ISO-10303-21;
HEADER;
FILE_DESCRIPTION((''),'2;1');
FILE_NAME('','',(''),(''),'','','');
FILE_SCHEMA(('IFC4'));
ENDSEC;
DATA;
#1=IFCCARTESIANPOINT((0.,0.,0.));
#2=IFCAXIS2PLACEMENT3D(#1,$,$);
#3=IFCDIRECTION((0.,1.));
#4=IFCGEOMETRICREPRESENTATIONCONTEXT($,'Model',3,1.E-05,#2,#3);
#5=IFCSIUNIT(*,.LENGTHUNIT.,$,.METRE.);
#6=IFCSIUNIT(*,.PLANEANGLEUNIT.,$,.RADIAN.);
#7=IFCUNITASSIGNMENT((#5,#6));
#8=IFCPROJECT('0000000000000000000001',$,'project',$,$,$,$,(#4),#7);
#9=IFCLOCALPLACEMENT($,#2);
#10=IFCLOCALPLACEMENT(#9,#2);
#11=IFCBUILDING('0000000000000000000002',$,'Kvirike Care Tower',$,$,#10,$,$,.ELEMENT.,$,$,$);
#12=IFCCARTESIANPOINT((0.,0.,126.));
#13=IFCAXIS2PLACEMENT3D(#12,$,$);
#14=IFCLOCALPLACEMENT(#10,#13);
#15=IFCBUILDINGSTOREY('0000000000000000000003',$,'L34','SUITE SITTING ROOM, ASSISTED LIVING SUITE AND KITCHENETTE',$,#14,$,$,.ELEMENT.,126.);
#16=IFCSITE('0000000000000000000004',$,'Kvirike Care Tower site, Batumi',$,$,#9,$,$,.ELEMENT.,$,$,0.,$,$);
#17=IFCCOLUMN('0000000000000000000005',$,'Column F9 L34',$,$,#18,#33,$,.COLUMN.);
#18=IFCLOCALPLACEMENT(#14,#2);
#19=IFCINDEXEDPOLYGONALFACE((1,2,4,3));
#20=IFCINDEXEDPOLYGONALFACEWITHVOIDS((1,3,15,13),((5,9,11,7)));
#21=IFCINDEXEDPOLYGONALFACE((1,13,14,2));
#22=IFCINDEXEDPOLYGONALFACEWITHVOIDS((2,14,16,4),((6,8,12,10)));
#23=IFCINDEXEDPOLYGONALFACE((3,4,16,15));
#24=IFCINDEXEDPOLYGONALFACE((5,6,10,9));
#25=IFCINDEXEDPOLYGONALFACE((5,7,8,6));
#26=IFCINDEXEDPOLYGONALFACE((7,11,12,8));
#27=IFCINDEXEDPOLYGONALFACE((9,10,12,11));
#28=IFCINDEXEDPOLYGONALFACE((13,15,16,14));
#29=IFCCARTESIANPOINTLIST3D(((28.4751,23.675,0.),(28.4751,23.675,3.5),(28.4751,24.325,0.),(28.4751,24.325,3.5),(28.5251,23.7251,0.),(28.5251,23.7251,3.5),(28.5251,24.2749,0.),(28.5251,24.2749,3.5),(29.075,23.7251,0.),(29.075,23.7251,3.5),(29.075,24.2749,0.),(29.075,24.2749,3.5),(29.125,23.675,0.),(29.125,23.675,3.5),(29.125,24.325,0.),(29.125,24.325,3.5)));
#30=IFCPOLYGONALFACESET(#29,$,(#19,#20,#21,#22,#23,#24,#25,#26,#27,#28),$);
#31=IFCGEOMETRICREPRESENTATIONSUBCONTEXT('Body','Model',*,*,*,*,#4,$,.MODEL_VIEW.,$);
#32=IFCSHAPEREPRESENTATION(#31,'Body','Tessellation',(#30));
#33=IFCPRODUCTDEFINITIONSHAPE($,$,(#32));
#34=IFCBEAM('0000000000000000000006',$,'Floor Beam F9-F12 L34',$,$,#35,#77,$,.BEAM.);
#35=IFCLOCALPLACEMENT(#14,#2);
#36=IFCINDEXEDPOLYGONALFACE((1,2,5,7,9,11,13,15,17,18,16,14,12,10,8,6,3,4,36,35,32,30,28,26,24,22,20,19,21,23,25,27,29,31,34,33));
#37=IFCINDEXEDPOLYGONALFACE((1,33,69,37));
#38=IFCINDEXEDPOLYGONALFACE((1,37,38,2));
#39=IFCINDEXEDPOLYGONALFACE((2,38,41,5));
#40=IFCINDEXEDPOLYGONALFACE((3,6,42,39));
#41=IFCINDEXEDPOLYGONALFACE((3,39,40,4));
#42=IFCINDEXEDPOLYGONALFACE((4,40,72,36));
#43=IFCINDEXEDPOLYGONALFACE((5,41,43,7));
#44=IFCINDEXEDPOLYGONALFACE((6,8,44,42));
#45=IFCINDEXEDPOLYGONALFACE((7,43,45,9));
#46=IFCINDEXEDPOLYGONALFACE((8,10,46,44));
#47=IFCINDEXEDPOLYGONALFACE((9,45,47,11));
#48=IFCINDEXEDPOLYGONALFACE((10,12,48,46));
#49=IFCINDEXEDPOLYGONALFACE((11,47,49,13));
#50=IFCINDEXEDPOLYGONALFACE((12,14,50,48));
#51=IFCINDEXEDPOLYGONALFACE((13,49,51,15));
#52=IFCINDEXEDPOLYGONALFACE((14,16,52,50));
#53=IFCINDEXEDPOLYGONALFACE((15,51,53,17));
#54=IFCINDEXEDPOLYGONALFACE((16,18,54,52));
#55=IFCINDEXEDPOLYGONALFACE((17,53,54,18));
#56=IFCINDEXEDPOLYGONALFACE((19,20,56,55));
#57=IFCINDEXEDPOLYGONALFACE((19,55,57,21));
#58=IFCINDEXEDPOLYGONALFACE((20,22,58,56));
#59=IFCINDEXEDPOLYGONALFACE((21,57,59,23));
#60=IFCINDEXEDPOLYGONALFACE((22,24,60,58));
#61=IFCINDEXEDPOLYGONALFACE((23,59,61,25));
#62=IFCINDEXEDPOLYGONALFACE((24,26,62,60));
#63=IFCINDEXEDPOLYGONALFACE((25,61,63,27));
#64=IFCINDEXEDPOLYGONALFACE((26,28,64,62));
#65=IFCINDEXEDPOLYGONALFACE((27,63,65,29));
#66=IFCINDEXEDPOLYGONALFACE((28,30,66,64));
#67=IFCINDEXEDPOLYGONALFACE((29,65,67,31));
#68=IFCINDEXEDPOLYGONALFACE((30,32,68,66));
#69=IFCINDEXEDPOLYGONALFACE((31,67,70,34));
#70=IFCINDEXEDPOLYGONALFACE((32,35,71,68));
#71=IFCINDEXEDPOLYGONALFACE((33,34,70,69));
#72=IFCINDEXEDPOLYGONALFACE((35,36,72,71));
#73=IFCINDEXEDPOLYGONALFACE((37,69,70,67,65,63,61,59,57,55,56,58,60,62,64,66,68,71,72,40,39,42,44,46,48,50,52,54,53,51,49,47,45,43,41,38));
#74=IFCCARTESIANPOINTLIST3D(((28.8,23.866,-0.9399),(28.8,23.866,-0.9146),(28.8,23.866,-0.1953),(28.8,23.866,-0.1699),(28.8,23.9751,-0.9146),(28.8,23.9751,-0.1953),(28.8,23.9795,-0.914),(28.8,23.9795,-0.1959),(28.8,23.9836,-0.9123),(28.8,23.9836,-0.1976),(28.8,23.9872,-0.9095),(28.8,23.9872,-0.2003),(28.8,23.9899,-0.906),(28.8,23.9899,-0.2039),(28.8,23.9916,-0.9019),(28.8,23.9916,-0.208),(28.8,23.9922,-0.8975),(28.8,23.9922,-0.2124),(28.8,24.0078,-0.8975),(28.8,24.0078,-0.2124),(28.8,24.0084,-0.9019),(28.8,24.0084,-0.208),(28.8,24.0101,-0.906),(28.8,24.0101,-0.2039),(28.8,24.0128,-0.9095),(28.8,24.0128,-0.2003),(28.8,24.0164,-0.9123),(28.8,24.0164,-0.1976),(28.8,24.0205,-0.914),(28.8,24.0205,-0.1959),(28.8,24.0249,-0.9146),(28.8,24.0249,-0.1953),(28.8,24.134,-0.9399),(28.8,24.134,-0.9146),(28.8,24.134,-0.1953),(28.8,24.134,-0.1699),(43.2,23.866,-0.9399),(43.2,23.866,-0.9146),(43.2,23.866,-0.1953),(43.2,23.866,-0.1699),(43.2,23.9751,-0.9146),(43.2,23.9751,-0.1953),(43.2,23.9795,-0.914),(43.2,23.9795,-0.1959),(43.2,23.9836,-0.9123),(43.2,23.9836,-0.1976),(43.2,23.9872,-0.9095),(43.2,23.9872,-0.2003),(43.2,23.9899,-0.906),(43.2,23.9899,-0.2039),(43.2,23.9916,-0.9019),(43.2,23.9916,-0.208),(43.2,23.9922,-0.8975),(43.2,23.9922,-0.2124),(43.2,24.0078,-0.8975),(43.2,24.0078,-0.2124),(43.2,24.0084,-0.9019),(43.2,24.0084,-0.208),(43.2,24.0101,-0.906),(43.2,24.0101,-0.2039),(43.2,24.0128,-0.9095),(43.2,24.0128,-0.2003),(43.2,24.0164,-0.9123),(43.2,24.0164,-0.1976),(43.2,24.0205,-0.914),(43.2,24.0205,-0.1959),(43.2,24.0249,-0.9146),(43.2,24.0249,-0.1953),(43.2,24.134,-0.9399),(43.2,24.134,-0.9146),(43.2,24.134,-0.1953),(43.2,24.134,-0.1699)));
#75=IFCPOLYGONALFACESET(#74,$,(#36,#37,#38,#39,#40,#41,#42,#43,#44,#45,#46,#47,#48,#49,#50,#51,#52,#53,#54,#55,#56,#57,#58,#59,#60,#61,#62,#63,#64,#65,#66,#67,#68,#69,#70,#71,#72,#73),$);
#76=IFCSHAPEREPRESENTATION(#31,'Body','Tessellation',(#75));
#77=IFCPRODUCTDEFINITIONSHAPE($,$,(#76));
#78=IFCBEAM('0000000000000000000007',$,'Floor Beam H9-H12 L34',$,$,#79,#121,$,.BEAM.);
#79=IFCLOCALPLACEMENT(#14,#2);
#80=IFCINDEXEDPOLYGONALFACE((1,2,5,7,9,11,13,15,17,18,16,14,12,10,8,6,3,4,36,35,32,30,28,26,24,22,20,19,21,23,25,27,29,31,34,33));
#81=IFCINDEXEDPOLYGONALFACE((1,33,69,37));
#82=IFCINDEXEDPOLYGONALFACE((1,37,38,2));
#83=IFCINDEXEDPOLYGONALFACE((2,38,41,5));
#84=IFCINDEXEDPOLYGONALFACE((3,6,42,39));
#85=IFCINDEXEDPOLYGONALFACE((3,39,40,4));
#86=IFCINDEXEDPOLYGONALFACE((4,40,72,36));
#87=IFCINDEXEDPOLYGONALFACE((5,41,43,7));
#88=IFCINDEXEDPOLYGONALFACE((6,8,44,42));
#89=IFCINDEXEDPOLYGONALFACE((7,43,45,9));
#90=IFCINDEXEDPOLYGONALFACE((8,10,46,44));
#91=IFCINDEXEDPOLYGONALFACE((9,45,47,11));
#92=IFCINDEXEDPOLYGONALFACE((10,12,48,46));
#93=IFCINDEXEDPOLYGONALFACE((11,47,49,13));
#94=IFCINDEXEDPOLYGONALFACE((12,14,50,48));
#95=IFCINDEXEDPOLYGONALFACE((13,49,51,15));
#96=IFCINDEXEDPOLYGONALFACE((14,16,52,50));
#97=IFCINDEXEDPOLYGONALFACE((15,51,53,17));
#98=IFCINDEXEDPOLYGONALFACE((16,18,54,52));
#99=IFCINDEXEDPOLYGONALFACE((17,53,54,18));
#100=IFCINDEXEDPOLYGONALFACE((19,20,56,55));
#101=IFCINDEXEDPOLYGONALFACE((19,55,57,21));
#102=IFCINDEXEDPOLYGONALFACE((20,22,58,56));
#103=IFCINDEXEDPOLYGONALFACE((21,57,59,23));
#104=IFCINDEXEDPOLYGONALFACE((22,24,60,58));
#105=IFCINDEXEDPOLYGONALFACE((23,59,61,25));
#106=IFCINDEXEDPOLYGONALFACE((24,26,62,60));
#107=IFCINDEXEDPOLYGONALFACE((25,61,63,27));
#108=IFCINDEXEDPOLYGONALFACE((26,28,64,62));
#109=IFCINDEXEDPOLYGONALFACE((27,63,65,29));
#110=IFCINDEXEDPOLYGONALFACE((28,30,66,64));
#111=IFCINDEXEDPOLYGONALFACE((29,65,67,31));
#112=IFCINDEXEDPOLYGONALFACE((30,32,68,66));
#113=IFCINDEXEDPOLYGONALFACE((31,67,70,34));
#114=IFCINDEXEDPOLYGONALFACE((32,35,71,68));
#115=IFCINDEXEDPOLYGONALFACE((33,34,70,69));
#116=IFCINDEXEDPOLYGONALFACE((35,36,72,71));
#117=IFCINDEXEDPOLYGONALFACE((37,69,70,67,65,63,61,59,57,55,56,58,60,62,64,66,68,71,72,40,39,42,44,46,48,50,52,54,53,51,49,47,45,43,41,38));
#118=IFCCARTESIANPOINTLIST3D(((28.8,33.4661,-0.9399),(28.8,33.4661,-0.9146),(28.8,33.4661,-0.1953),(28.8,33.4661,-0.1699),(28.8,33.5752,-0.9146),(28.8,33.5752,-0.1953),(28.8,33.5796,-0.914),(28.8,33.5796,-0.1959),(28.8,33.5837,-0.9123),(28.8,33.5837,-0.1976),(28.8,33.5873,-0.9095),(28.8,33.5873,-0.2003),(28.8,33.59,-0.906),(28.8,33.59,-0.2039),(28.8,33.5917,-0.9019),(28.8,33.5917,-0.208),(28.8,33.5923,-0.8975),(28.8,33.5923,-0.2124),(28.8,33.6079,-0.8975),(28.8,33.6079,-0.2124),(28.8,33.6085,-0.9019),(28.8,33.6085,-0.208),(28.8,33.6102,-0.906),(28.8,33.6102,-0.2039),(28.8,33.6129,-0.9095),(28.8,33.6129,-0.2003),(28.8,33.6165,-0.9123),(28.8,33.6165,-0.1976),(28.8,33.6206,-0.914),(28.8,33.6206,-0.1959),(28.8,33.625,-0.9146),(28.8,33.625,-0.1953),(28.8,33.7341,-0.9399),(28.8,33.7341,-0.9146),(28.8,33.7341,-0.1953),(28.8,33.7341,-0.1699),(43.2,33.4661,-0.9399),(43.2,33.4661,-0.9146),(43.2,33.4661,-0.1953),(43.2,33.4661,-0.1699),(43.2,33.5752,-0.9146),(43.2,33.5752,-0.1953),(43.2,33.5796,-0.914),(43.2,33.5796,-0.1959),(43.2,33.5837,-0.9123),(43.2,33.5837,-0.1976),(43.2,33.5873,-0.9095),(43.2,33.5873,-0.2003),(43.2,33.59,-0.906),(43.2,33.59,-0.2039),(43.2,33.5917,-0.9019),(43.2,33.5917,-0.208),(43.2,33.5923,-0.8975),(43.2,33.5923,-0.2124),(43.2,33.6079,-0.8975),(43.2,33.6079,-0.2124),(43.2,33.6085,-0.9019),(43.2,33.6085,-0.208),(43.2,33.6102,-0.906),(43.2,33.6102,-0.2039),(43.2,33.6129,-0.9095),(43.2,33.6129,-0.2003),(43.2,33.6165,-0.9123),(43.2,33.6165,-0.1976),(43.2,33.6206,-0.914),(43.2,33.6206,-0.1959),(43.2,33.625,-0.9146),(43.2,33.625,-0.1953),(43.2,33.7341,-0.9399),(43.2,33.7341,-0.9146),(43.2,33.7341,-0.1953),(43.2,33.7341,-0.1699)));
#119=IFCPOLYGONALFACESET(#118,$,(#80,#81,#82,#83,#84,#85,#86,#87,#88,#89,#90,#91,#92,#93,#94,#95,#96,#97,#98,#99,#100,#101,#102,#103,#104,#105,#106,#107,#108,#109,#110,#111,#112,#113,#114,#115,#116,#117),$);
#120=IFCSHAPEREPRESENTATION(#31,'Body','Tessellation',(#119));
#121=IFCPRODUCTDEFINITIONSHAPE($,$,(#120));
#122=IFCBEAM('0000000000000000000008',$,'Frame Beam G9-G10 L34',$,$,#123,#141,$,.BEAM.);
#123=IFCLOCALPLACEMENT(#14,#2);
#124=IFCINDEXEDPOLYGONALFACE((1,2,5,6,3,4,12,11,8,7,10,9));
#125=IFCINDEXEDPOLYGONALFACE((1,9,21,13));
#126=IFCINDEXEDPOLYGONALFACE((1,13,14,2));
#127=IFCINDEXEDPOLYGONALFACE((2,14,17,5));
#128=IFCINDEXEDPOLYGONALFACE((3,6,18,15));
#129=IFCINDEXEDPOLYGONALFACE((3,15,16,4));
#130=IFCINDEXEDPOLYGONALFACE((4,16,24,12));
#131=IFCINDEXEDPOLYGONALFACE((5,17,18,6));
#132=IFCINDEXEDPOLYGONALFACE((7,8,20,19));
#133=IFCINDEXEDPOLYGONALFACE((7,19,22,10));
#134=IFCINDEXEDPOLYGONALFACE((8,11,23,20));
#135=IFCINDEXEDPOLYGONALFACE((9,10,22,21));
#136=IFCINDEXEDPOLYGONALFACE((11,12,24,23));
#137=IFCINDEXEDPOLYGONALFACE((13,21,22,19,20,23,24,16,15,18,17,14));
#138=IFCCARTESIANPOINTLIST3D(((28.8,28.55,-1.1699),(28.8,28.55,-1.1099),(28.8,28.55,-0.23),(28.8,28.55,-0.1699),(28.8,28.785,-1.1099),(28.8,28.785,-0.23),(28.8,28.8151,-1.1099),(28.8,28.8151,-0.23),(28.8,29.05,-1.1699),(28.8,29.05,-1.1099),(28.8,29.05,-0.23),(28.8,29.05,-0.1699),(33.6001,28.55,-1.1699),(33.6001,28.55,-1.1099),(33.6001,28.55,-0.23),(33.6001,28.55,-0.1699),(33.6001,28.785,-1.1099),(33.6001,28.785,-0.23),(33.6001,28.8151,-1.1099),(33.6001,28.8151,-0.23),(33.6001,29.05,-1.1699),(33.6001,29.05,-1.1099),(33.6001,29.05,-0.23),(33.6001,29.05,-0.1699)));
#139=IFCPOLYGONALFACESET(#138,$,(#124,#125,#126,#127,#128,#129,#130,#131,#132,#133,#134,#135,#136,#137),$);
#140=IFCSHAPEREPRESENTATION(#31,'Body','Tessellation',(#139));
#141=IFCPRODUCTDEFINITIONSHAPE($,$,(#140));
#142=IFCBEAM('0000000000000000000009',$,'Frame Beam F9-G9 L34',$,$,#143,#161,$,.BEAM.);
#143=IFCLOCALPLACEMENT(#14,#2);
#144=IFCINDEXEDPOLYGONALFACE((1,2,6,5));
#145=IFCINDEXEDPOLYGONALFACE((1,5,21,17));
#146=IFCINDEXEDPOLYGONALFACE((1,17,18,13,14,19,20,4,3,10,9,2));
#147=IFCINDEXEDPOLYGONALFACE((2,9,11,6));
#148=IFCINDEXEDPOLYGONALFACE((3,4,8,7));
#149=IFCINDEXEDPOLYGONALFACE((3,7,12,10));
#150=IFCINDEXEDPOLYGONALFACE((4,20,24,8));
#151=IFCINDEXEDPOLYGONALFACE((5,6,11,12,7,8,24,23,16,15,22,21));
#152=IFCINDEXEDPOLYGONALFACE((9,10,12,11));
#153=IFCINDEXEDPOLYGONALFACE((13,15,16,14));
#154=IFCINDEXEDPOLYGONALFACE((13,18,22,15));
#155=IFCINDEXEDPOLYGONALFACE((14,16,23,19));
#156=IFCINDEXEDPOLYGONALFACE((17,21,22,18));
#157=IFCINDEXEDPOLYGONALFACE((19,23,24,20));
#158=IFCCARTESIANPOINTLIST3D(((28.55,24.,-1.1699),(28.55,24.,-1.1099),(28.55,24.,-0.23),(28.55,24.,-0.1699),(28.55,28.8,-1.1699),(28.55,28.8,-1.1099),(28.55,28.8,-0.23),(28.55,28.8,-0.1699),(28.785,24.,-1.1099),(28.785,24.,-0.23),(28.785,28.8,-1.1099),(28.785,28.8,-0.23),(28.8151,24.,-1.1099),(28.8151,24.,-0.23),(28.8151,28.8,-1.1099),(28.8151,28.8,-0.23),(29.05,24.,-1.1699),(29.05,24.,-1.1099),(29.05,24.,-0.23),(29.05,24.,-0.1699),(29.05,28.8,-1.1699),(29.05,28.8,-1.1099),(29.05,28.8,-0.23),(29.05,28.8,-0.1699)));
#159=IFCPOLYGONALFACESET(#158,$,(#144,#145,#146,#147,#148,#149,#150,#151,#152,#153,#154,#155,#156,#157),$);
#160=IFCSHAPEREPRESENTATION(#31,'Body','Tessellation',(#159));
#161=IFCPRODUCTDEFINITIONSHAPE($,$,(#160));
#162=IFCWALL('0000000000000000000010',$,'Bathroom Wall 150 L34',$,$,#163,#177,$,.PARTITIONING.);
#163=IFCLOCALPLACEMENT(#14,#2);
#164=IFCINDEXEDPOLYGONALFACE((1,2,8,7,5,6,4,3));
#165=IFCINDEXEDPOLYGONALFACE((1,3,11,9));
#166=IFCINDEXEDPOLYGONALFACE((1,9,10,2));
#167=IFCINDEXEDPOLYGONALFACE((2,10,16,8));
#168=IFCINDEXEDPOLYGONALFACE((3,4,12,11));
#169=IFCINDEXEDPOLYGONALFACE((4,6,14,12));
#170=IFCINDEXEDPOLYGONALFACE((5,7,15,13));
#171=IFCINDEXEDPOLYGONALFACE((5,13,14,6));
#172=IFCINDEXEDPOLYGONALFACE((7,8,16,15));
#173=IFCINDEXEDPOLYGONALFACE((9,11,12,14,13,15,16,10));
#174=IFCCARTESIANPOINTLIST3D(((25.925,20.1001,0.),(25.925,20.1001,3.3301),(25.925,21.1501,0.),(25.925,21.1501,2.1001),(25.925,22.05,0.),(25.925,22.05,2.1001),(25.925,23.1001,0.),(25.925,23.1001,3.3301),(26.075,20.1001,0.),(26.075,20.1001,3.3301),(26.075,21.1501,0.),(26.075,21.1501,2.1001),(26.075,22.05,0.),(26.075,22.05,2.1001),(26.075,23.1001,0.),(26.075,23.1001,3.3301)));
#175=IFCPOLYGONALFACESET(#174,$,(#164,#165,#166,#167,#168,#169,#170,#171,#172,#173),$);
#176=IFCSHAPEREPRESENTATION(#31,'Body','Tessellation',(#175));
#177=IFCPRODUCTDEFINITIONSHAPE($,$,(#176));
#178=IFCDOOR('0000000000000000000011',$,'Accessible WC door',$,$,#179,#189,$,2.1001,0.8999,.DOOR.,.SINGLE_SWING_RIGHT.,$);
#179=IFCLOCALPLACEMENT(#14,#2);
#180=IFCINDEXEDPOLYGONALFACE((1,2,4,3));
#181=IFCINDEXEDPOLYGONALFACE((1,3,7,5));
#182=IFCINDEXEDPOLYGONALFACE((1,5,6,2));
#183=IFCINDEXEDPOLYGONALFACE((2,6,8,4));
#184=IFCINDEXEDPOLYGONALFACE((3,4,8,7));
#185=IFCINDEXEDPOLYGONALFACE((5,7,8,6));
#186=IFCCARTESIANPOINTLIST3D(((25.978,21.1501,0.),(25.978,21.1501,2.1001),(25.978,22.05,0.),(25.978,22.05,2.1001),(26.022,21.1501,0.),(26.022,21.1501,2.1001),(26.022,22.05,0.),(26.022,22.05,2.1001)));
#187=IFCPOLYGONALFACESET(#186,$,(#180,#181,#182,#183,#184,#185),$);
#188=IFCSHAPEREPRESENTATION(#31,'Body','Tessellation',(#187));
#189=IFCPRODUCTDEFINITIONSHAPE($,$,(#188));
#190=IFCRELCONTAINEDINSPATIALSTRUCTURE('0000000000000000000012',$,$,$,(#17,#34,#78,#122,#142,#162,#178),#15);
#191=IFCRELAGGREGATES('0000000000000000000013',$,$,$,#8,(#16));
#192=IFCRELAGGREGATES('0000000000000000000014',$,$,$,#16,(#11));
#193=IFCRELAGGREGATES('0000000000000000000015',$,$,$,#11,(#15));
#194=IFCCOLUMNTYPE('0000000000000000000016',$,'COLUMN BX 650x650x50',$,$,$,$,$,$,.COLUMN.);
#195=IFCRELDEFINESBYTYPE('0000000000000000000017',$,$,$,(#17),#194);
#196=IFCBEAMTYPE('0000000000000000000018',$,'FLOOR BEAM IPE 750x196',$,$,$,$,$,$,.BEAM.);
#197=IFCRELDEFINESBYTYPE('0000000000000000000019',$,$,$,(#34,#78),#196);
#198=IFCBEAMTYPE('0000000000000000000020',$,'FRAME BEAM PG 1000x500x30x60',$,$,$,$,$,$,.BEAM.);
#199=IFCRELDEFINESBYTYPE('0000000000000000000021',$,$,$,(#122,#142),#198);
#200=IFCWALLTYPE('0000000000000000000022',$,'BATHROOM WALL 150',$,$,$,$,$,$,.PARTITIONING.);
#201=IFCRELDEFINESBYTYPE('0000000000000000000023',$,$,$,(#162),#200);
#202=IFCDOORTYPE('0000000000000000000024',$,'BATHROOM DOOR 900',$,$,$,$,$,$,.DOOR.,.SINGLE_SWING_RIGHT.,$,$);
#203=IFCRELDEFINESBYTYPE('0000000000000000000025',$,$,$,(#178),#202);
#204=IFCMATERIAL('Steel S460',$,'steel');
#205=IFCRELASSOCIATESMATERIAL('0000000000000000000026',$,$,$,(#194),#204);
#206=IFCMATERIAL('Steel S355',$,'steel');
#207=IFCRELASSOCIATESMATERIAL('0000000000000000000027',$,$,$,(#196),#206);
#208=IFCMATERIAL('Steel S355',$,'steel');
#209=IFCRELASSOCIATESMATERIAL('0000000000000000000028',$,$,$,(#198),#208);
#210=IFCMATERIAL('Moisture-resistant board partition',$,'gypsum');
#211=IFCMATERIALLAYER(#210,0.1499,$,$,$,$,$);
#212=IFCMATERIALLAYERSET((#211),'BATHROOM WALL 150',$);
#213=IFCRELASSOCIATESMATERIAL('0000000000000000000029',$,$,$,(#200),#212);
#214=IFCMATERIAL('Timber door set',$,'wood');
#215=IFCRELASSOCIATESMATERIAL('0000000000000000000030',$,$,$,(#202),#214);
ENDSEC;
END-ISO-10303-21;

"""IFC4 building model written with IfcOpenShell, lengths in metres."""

from ifc_helpers import new_model, si_unit, direction, frame, frame_2d, origin, origin_2d, place, context, subcontext, project, spatial, rectangle, hollow_rectangle, i_section, extrude, material, layer, layer_set, material_profile, profile_set, type_object, element, fill, save


model = new_model("IFC4")

# Units and contexts
model_context = context("Model", 3, precision=1e-05, world=origin(), true_north=direction((0.0, 1.0)))
body_context = subcontext(model_context, "Body", "Model", "MODEL_VIEW")
ifc_project = project(units=[si_unit("LENGTHUNIT", "METRE"), si_unit("PLANEANGLEUNIT", "RADIAN")], contexts=[model_context])

# Site, building, storey
site_placement = place(None, origin())
site = spatial("IfcSite", under=ifc_project, at=site_placement, Name="Kvirike Care Tower site, Batumi", CompositionType="ELEMENT", RefElevation=0.0)
building_placement = place(site_placement, origin())
building = spatial("IfcBuilding", under=site, at=building_placement, Name="Kvirike Care Tower", CompositionType="ELEMENT")
storey_placement = place(building_placement, frame((0.0, 0.0, 126.0)))
storey = spatial("IfcBuildingStorey", under=building, at=storey_placement, Name="L34", Description="SUITE SITTING ROOM, ASSISTED LIVING SUITE AND KITCHENETTE", CompositionType="ELEMENT", Elevation=126.0)

# Column
ifc_material_1 = material(Name="Steel S460", Category="steel")
ifc_material_profile_1 = material_profile(ifc_material_1, hollow_rectangle(XDim=0.6499, YDim=0.6499, WallThickness=0.05, at=origin_2d()), Name="BX 650x650x50")
ifc_profile_set_1 = profile_set([ifc_material_profile_1], Name="Steel S460")
column_type = type_object("IfcColumnType", Name="COLUMN BX 650x650x50", PredefinedType="COLUMN", material=ifc_profile_set_1)
column_placement = place(storey_placement, frame((28.8, 24.0, 0.0), z_axis=(0.0, 0.0, 1.0), x_axis=(1.0, 0.0, 0.0)))
element("IfcColumn", 1, at=column_placement, inside=storey, type_object=column_type, Name="Column F9 L34", PredefinedType="COLUMN", context=body_context, shape_type="SweptSolid", body=[
    extrude(hollow_rectangle(XDim=0.6499, YDim=0.6499, WallThickness=0.05, at=origin_2d()), origin(), (0.0, 0.0, 1.0), 3.5),
])

# Beams
ifc_material_2 = material(Name="Steel S355", Category="steel")
ifc_material_profile_2 = material_profile(ifc_material_2, i_section(OverallWidth=0.2681, OverallDepth=0.77, WebThickness=0.0156, FlangeThickness=0.0254, FilletRadius=0.0171, at=origin_2d()), Name="IPE 750x196")
ifc_profile_set_2 = profile_set([ifc_material_profile_2], Name="Steel S355")
beam_type_1 = type_object("IfcBeamType", Name="FLOOR BEAM IPE 750x196", PredefinedType="BEAM", material=ifc_profile_set_2)
for number, where, z_axis, x_axis, name in (
    (2, (28.8, 24.0, -0.5549), (1.0, 0.0, 0.0), (0.0, 1.0, 0.0), "Floor Beam F9-F12 L34"),
    (3, (28.8, 33.6001, -0.5549), (1.0, 0.0, 0.0), (0.0, 1.0, 0.0), "Floor Beam H9-H12 L34"),
):
    element("IfcBeam", number, at=place(storey_placement, frame(where, z_axis=z_axis, x_axis=x_axis)), inside=storey, type_object=beam_type_1, Name=name, PredefinedType="BEAM", context=body_context, shape_type="SweptSolid", body=[
        extrude(i_section(OverallWidth=0.2681, OverallDepth=0.77, WebThickness=0.0156, FlangeThickness=0.0254, FilletRadius=0.0171, at=origin_2d()), origin(), (0.0, 0.0, 1.0), 14.3999),
    ])
ifc_material_3 = material(Name="Steel S355", Category="steel")
ifc_material_profile_3 = material_profile(ifc_material_3, i_section(OverallWidth=0.5, OverallDepth=1.0, WebThickness=0.03, FlangeThickness=0.0601, at=origin_2d()), Name="PG 1000x500x30x60")
ifc_profile_set_3 = profile_set([ifc_material_profile_3], Name="Steel S355")
beam_type_2 = type_object("IfcBeamType", Name="FRAME BEAM PG 1000x500x30x60", PredefinedType="BEAM", material=ifc_profile_set_3)
for number, where, z_axis, x_axis, name in (
    (4, (28.8, 28.8, -0.6699), (1.0, 0.0, 0.0), (0.0, 1.0, 0.0), "Frame Beam G9-G10 L34"),
    (5, (28.8, 24.0, -0.6699), (0.0, 1.0, 0.0), (-1.0, 0.0, 0.0), "Frame Beam F9-G9 L34"),
):
    element("IfcBeam", number, at=place(storey_placement, frame(where, z_axis=z_axis, x_axis=x_axis)), inside=storey, type_object=beam_type_2, Name=name, PredefinedType="BEAM", context=body_context, shape_type="SweptSolid", body=[
        extrude(i_section(OverallWidth=0.5, OverallDepth=1.0, WebThickness=0.03, FlangeThickness=0.0601, at=origin_2d()), origin(), (0.0, 0.0, 1.0), 4.8),
    ])

# Wall, opening, door
ifc_material_4 = material(Name="Moisture-resistant board partition", Category="gypsum")
ifc_layer_1 = layer(ifc_material_4, 0.1499)
ifc_layer_set_1 = layer_set([ifc_layer_1], Name="BATHROOM WALL 150")
wall_type_1 = type_object("IfcWallType", Name="BATHROOM WALL 150", PredefinedType="PARTITIONING", material=ifc_layer_set_1)
wall_1_placement = place(storey_placement, frame((26.0, 20.1001, 0.0), z_axis=(0.0, 0.0, 1.0), x_axis=(0.0, 1.0, 0.0)))
wall_1 = element("IfcWall", 6, at=wall_1_placement, inside=storey, type_object=wall_type_1, Name="Bathroom Wall 150 L34", PredefinedType="PARTITIONING", context=body_context, shape_type="SweptSolid", body=[
    extrude(rectangle(XDim=3.0, YDim=0.1499, at=frame_2d((1.5, 0.0))), origin(), (0.0, 0.0, 1.0), 3.3301),
])
opening_1_placement = place(wall_1_placement, frame((1.05, 0.0, 0.0)))
opening_1 = element("IfcOpeningElement", 7, at=opening_1_placement, cuts=wall_1, PredefinedType="OPENING", context=body_context, shape_type="SweptSolid", body=[
    extrude(rectangle(XDim=0.8999, YDim=2.1001, at=frame_2d((0.45, 1.05))), frame((0.0, 0.0854, 0.0), z_axis=(0.0, -1.0, 0.0), x_axis=(1.0, 0.0, 0.0)), (0.0, 0.0, 1.0), 0.1709),
])
ifc_material_5 = material(Name="Timber door set", Category="wood")
door_type_1 = type_object("IfcDoorType", Name="BATHROOM DOOR 900", OperationType="SINGLE_SWING_RIGHT", PredefinedType="DOOR", material=ifc_material_5)
door_1_placement = place(opening_1_placement, frame((0.8999, 0.0, 0.0), z_axis=(0.0, 0.0, 1.0), x_axis=(-1.0, 0.0, 0.0)))
door_1 = element("IfcDoor", 8, at=door_1_placement, inside=storey, type_object=door_type_1, Name="Accessible WC door", OperationType="SINGLE_SWING_RIGHT", OverallHeight=2.1001, OverallWidth=0.8999, PredefinedType="DOOR", context=body_context, shape_type="SweptSolid", body=[
    extrude(rectangle(XDim=0.8999, YDim=2.1001, at=frame_2d((0.45, 1.05))), frame((0.0, 0.022, 0.0), z_axis=(0.0, -1.0, 0.0), x_axis=(1.0, 0.0, 0.0)), (0.0, 0.0, 1.0), 0.0439),
])
fill(opening_1, door_1)

save(model, "model.ifc")
